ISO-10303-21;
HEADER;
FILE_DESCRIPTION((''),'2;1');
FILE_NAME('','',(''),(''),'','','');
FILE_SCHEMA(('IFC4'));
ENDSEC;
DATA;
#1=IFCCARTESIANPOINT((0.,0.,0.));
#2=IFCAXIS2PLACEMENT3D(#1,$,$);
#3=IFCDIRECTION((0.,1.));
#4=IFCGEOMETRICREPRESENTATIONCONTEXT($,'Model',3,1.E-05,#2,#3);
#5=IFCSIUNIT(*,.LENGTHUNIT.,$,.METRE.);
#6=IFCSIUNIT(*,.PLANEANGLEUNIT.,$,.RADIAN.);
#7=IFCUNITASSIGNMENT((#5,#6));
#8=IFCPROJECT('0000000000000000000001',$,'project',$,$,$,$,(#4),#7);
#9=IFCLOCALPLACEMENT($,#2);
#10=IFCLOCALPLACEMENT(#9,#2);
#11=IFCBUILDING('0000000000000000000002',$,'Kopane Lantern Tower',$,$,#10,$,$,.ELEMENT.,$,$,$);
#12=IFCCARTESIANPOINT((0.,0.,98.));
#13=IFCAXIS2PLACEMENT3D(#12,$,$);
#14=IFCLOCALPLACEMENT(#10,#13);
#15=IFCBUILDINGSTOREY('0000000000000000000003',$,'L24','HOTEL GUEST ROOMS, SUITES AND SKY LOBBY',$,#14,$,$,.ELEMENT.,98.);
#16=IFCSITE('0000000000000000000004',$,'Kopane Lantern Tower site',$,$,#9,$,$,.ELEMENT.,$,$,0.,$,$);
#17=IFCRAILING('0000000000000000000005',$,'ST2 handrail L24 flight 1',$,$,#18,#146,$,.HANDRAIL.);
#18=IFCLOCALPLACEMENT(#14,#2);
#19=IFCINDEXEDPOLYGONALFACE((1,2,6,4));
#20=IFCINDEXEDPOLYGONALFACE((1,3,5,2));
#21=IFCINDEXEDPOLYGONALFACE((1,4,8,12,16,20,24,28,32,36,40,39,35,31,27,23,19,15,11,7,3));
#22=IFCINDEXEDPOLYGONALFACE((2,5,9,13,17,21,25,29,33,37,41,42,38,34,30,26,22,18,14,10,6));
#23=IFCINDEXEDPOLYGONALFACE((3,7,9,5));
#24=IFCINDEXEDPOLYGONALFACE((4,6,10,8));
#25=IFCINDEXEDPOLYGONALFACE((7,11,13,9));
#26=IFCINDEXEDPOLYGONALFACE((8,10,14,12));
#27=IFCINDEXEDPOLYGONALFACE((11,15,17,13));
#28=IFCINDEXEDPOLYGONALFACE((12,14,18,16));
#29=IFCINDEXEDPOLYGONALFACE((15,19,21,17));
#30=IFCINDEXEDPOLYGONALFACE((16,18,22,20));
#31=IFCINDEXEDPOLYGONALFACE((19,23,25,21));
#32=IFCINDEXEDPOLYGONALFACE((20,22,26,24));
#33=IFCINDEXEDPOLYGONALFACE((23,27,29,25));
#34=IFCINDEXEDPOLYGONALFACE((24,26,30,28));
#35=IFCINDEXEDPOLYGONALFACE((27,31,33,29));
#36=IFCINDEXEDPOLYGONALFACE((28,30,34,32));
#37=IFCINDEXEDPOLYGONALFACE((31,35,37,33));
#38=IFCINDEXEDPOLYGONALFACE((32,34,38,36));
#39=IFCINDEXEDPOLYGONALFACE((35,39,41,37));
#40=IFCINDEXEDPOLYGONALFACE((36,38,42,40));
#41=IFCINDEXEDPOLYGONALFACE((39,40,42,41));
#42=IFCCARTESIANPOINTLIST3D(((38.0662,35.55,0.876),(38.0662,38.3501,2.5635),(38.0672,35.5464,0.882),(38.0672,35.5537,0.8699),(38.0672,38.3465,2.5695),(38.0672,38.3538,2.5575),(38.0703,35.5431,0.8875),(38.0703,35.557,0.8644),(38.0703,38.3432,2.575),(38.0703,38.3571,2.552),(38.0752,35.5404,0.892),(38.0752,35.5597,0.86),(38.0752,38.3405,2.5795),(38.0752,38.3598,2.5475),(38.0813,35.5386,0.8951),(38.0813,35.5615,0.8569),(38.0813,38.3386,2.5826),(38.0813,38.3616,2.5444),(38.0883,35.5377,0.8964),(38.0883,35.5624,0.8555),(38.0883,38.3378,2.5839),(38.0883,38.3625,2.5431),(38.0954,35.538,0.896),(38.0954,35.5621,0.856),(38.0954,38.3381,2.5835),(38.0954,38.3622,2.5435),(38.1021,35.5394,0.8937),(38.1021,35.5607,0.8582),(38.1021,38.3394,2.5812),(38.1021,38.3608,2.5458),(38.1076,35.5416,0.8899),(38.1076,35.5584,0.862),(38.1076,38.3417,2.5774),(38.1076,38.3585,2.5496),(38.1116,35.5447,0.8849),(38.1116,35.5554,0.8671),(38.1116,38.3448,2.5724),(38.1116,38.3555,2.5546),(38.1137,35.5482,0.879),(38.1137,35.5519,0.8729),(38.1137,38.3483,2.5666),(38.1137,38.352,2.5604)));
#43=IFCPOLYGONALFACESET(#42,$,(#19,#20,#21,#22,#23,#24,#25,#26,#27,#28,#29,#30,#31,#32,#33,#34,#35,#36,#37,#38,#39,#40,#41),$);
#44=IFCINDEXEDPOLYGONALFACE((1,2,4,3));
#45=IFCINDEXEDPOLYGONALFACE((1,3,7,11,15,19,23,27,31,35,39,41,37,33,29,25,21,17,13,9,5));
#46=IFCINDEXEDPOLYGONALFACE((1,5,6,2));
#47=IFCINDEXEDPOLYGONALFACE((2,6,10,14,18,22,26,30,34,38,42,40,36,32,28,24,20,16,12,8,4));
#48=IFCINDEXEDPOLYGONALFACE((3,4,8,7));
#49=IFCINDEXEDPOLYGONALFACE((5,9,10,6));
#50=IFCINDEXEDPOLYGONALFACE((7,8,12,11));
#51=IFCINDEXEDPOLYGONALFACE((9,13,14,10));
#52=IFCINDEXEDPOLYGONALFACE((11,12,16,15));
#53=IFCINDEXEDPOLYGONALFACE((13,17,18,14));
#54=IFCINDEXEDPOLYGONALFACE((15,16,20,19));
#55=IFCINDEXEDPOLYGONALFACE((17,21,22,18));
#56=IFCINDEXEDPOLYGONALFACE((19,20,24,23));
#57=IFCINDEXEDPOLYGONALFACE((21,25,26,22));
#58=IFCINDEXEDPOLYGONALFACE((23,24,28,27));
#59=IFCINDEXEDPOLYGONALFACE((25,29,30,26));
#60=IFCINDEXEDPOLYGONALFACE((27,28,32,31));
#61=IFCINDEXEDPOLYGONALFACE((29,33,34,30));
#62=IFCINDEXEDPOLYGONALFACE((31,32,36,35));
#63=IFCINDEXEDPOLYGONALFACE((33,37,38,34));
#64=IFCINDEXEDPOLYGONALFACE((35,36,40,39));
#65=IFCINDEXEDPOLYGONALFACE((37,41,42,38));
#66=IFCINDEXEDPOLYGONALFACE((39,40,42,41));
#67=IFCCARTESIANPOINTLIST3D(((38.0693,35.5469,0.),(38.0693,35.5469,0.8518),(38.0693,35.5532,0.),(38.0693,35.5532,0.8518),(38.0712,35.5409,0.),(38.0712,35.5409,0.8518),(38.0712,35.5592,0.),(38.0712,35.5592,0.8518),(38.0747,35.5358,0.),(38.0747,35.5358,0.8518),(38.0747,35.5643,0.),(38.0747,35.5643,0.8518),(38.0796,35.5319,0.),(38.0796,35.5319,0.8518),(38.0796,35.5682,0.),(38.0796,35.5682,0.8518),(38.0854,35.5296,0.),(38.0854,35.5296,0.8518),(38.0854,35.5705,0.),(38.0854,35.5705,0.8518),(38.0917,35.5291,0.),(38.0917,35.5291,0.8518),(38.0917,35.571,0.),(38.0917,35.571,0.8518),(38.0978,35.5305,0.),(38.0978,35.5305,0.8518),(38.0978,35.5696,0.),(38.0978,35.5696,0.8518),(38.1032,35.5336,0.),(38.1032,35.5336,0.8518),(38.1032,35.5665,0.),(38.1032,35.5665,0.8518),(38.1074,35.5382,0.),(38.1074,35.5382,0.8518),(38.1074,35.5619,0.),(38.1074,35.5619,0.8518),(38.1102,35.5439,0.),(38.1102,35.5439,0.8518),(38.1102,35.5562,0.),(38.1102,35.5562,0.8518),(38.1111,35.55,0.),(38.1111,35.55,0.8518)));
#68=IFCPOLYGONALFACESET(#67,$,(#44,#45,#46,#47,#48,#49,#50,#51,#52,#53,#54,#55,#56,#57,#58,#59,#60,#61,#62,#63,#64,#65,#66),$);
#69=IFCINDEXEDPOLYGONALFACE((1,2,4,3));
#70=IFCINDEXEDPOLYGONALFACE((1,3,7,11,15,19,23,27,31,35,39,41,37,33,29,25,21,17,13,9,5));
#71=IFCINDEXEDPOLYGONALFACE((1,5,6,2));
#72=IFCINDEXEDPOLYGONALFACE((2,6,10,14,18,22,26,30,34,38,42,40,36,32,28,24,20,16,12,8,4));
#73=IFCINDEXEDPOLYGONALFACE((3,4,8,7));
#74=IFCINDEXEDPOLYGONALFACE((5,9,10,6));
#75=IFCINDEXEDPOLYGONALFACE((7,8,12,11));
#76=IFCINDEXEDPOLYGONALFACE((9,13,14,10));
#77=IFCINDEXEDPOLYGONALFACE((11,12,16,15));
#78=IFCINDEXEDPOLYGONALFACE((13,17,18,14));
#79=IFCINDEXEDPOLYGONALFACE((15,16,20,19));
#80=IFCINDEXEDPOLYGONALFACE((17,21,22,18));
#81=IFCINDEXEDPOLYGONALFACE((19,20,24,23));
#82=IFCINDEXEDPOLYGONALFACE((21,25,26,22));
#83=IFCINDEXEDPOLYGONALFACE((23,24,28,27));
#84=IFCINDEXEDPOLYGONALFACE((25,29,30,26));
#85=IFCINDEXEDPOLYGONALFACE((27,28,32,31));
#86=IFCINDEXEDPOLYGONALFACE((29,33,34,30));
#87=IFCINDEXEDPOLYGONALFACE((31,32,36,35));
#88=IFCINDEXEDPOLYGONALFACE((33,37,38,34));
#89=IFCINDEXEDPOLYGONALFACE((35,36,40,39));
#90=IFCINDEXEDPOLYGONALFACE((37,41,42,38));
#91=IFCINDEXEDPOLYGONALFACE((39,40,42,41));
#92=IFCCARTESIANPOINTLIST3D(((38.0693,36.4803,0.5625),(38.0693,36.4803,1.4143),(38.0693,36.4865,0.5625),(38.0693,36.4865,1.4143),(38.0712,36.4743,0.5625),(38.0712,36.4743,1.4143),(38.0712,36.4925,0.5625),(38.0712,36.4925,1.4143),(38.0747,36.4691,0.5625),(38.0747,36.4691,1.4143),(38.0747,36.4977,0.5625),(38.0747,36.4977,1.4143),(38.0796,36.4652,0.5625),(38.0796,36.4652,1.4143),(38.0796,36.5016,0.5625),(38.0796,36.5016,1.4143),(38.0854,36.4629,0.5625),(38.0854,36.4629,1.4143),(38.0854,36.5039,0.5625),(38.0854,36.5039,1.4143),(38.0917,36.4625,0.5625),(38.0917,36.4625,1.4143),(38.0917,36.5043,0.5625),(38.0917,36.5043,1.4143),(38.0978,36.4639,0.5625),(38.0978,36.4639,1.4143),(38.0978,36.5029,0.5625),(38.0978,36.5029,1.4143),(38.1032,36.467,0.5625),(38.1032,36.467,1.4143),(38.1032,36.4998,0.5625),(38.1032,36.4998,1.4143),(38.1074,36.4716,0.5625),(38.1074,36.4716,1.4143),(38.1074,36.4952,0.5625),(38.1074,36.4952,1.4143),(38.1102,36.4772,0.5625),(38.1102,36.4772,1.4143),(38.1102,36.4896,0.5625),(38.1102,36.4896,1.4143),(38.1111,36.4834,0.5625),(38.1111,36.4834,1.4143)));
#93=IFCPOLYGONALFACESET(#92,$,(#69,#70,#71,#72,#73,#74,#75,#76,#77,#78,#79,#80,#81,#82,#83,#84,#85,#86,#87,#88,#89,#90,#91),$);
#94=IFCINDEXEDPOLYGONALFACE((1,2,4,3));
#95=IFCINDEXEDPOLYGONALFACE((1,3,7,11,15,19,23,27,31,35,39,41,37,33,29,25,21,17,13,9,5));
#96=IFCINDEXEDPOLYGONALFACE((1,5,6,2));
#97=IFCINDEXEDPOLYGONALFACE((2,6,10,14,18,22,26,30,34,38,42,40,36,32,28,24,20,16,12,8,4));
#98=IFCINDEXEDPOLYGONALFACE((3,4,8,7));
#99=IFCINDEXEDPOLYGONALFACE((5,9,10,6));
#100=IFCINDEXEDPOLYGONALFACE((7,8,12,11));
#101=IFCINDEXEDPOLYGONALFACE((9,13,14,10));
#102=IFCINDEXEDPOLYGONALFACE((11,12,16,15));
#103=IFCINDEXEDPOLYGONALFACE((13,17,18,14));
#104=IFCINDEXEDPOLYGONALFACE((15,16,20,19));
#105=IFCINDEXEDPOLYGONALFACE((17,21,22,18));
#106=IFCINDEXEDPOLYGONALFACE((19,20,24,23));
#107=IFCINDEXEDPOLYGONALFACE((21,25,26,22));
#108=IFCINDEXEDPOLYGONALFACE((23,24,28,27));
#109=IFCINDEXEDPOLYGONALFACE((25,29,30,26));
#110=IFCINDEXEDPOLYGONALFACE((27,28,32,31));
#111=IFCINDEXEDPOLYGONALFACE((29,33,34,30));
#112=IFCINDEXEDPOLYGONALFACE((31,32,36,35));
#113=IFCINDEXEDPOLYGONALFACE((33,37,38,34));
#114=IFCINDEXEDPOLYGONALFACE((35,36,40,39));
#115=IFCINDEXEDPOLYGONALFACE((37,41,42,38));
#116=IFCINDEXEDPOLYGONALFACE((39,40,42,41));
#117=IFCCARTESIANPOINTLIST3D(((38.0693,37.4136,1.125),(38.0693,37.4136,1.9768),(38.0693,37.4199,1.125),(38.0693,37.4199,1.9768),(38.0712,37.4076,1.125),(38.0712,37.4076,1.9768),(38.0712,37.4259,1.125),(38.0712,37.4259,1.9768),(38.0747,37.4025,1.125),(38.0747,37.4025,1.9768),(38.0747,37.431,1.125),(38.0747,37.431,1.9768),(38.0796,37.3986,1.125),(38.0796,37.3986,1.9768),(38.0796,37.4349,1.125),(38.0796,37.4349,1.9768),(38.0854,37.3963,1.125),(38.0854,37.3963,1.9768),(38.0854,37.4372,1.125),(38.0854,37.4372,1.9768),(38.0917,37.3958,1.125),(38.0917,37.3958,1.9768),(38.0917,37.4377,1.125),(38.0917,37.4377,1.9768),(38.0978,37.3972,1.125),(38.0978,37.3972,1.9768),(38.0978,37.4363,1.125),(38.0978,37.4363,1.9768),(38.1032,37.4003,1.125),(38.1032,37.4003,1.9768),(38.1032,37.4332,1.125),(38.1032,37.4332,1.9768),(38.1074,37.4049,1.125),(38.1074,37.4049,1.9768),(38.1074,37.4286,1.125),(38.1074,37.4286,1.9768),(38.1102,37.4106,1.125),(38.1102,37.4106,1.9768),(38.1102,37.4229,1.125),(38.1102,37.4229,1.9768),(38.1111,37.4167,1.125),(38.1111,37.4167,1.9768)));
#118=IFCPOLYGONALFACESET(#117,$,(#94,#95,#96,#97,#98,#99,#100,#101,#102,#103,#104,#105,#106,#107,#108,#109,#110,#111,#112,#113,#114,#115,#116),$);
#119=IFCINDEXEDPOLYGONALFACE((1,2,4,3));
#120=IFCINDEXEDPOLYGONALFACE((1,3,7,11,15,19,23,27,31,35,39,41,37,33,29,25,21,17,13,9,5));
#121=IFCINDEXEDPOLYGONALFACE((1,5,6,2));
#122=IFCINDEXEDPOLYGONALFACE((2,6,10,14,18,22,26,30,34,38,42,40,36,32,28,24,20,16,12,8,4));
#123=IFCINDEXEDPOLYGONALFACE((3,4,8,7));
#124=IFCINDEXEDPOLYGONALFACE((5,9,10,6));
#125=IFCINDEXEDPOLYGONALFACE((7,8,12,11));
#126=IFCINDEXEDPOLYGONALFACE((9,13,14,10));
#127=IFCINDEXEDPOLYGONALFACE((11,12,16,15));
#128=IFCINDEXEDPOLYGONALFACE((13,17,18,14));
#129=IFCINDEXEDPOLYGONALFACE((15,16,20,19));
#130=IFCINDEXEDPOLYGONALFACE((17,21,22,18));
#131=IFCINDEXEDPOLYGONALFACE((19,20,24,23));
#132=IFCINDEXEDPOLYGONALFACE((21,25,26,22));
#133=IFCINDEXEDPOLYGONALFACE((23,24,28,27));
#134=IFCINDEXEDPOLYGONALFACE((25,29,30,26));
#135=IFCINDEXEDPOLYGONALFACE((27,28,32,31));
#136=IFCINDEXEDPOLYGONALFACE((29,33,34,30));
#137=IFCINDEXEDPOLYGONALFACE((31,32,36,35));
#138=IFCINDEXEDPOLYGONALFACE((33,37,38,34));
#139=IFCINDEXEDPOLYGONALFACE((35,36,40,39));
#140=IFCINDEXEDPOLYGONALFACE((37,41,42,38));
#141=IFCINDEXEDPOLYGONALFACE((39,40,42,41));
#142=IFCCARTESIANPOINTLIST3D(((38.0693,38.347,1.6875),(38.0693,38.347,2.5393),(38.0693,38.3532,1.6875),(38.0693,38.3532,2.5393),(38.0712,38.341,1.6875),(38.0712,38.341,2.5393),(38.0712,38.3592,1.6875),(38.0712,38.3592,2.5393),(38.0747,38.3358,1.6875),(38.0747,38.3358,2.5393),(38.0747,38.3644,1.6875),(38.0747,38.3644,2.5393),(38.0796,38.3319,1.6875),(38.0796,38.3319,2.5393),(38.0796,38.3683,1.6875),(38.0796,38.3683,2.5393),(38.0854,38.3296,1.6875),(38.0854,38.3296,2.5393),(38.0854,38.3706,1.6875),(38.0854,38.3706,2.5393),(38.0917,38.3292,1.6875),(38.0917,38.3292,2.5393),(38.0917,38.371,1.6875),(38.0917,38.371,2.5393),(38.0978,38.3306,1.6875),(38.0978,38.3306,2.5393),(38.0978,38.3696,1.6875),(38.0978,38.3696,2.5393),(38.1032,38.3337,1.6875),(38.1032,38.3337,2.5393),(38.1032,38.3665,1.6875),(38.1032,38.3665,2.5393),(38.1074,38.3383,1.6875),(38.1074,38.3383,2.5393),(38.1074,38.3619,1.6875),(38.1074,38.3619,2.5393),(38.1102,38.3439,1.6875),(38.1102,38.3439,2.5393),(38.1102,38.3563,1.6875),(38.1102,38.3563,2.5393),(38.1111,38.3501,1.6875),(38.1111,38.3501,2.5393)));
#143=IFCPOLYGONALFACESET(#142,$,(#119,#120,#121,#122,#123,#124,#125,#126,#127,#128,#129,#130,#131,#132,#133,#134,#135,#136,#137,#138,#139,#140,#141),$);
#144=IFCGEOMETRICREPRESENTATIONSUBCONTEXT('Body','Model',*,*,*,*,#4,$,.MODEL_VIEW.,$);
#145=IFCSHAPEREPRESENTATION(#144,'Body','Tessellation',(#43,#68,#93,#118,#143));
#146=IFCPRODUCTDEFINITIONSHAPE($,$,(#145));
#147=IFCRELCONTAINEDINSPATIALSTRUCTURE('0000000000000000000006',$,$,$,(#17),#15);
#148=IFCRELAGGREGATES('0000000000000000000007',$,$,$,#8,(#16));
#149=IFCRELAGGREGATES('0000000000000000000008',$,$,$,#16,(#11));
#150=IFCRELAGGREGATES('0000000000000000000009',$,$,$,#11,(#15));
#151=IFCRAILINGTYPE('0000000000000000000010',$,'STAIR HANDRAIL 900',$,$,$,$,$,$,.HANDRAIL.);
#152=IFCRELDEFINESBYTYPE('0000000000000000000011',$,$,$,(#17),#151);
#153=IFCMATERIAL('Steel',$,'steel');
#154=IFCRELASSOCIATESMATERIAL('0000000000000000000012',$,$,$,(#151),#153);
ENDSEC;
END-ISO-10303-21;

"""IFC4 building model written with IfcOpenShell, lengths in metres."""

from ifc_helpers import new_model, si_unit, direction, frame, origin, origin_2d, place, context, subcontext, project, spatial, circle, extrude, material, type_object, element, save


model = new_model("IFC4")

# Units and contexts
model_context = context("Model", 3, precision=1e-05, world=origin(), true_north=direction((0.0, 1.0)))
body_context = subcontext(model_context, "Body", "Model", "MODEL_VIEW")
ifc_project = project(units=[si_unit("LENGTHUNIT", "METRE"), si_unit("PLANEANGLEUNIT", "RADIAN")], contexts=[model_context])

# Site, building, storey
site_placement = place(None, origin())
site = spatial("IfcSite", under=ifc_project, at=site_placement, Name="Kopane Lantern Tower site", CompositionType="ELEMENT", RefElevation=0.0)
building_placement = place(site_placement, origin())
building = spatial("IfcBuilding", under=site, at=building_placement, Name="Kopane Lantern Tower", CompositionType="ELEMENT")
storey_placement = place(building_placement, frame((0.0, 0.0, 98.0)))
storey = spatial("IfcBuildingStorey", under=building, at=storey_placement, Name="L24", Description="HOTEL GUEST ROOMS, SUITES AND SKY LOBBY", CompositionType="ELEMENT", Elevation=98.0)

# Railing
ifc_material_1 = material(Name="Steel", Category="steel")
railing_type_1 = type_object("IfcRailingType", Name="STAIR HANDRAIL 900", PredefinedType="HANDRAIL", material=ifc_material_1)
railing_1_placement = place(storey_placement, frame((38.0901, 35.55, 0.0)))
element("IfcRailing", 1, at=railing_1_placement, inside=storey, type_object=railing_type_1, Name="ST2 handrail L24 flight 1", PredefinedType="HANDRAIL", context=body_context, shape_type="SweptSolid", body=[
    extrude(circle(Radius=0.0239, at=origin_2d()), frame((0.0, 0.0, 0.876), z_axis=(0.0, 0.856483, 0.516175), x_axis=(-1.0, 0.0, 0.0)), (0.0, 0.0, 1.0), 3.2693),
    extrude(circle(Radius=0.021, at=origin_2d()), origin(), (0.0, 0.0, 1.0), 0.8518),
    extrude(circle(Radius=0.021, at=origin_2d()), frame((0.0, 0.9333, 0.5625)), (0.0, 0.0, 1.0), 0.8518),
    extrude(circle(Radius=0.021, at=origin_2d()), frame((0.0, 1.8667, 1.125)), (0.0, 0.0, 1.0), 0.8518),
    extrude(circle(Radius=0.021, at=origin_2d()), frame((0.0, 2.8, 1.6875)), (0.0, 0.0, 1.0), 0.8518),
])

save(model, "model.ifc")
